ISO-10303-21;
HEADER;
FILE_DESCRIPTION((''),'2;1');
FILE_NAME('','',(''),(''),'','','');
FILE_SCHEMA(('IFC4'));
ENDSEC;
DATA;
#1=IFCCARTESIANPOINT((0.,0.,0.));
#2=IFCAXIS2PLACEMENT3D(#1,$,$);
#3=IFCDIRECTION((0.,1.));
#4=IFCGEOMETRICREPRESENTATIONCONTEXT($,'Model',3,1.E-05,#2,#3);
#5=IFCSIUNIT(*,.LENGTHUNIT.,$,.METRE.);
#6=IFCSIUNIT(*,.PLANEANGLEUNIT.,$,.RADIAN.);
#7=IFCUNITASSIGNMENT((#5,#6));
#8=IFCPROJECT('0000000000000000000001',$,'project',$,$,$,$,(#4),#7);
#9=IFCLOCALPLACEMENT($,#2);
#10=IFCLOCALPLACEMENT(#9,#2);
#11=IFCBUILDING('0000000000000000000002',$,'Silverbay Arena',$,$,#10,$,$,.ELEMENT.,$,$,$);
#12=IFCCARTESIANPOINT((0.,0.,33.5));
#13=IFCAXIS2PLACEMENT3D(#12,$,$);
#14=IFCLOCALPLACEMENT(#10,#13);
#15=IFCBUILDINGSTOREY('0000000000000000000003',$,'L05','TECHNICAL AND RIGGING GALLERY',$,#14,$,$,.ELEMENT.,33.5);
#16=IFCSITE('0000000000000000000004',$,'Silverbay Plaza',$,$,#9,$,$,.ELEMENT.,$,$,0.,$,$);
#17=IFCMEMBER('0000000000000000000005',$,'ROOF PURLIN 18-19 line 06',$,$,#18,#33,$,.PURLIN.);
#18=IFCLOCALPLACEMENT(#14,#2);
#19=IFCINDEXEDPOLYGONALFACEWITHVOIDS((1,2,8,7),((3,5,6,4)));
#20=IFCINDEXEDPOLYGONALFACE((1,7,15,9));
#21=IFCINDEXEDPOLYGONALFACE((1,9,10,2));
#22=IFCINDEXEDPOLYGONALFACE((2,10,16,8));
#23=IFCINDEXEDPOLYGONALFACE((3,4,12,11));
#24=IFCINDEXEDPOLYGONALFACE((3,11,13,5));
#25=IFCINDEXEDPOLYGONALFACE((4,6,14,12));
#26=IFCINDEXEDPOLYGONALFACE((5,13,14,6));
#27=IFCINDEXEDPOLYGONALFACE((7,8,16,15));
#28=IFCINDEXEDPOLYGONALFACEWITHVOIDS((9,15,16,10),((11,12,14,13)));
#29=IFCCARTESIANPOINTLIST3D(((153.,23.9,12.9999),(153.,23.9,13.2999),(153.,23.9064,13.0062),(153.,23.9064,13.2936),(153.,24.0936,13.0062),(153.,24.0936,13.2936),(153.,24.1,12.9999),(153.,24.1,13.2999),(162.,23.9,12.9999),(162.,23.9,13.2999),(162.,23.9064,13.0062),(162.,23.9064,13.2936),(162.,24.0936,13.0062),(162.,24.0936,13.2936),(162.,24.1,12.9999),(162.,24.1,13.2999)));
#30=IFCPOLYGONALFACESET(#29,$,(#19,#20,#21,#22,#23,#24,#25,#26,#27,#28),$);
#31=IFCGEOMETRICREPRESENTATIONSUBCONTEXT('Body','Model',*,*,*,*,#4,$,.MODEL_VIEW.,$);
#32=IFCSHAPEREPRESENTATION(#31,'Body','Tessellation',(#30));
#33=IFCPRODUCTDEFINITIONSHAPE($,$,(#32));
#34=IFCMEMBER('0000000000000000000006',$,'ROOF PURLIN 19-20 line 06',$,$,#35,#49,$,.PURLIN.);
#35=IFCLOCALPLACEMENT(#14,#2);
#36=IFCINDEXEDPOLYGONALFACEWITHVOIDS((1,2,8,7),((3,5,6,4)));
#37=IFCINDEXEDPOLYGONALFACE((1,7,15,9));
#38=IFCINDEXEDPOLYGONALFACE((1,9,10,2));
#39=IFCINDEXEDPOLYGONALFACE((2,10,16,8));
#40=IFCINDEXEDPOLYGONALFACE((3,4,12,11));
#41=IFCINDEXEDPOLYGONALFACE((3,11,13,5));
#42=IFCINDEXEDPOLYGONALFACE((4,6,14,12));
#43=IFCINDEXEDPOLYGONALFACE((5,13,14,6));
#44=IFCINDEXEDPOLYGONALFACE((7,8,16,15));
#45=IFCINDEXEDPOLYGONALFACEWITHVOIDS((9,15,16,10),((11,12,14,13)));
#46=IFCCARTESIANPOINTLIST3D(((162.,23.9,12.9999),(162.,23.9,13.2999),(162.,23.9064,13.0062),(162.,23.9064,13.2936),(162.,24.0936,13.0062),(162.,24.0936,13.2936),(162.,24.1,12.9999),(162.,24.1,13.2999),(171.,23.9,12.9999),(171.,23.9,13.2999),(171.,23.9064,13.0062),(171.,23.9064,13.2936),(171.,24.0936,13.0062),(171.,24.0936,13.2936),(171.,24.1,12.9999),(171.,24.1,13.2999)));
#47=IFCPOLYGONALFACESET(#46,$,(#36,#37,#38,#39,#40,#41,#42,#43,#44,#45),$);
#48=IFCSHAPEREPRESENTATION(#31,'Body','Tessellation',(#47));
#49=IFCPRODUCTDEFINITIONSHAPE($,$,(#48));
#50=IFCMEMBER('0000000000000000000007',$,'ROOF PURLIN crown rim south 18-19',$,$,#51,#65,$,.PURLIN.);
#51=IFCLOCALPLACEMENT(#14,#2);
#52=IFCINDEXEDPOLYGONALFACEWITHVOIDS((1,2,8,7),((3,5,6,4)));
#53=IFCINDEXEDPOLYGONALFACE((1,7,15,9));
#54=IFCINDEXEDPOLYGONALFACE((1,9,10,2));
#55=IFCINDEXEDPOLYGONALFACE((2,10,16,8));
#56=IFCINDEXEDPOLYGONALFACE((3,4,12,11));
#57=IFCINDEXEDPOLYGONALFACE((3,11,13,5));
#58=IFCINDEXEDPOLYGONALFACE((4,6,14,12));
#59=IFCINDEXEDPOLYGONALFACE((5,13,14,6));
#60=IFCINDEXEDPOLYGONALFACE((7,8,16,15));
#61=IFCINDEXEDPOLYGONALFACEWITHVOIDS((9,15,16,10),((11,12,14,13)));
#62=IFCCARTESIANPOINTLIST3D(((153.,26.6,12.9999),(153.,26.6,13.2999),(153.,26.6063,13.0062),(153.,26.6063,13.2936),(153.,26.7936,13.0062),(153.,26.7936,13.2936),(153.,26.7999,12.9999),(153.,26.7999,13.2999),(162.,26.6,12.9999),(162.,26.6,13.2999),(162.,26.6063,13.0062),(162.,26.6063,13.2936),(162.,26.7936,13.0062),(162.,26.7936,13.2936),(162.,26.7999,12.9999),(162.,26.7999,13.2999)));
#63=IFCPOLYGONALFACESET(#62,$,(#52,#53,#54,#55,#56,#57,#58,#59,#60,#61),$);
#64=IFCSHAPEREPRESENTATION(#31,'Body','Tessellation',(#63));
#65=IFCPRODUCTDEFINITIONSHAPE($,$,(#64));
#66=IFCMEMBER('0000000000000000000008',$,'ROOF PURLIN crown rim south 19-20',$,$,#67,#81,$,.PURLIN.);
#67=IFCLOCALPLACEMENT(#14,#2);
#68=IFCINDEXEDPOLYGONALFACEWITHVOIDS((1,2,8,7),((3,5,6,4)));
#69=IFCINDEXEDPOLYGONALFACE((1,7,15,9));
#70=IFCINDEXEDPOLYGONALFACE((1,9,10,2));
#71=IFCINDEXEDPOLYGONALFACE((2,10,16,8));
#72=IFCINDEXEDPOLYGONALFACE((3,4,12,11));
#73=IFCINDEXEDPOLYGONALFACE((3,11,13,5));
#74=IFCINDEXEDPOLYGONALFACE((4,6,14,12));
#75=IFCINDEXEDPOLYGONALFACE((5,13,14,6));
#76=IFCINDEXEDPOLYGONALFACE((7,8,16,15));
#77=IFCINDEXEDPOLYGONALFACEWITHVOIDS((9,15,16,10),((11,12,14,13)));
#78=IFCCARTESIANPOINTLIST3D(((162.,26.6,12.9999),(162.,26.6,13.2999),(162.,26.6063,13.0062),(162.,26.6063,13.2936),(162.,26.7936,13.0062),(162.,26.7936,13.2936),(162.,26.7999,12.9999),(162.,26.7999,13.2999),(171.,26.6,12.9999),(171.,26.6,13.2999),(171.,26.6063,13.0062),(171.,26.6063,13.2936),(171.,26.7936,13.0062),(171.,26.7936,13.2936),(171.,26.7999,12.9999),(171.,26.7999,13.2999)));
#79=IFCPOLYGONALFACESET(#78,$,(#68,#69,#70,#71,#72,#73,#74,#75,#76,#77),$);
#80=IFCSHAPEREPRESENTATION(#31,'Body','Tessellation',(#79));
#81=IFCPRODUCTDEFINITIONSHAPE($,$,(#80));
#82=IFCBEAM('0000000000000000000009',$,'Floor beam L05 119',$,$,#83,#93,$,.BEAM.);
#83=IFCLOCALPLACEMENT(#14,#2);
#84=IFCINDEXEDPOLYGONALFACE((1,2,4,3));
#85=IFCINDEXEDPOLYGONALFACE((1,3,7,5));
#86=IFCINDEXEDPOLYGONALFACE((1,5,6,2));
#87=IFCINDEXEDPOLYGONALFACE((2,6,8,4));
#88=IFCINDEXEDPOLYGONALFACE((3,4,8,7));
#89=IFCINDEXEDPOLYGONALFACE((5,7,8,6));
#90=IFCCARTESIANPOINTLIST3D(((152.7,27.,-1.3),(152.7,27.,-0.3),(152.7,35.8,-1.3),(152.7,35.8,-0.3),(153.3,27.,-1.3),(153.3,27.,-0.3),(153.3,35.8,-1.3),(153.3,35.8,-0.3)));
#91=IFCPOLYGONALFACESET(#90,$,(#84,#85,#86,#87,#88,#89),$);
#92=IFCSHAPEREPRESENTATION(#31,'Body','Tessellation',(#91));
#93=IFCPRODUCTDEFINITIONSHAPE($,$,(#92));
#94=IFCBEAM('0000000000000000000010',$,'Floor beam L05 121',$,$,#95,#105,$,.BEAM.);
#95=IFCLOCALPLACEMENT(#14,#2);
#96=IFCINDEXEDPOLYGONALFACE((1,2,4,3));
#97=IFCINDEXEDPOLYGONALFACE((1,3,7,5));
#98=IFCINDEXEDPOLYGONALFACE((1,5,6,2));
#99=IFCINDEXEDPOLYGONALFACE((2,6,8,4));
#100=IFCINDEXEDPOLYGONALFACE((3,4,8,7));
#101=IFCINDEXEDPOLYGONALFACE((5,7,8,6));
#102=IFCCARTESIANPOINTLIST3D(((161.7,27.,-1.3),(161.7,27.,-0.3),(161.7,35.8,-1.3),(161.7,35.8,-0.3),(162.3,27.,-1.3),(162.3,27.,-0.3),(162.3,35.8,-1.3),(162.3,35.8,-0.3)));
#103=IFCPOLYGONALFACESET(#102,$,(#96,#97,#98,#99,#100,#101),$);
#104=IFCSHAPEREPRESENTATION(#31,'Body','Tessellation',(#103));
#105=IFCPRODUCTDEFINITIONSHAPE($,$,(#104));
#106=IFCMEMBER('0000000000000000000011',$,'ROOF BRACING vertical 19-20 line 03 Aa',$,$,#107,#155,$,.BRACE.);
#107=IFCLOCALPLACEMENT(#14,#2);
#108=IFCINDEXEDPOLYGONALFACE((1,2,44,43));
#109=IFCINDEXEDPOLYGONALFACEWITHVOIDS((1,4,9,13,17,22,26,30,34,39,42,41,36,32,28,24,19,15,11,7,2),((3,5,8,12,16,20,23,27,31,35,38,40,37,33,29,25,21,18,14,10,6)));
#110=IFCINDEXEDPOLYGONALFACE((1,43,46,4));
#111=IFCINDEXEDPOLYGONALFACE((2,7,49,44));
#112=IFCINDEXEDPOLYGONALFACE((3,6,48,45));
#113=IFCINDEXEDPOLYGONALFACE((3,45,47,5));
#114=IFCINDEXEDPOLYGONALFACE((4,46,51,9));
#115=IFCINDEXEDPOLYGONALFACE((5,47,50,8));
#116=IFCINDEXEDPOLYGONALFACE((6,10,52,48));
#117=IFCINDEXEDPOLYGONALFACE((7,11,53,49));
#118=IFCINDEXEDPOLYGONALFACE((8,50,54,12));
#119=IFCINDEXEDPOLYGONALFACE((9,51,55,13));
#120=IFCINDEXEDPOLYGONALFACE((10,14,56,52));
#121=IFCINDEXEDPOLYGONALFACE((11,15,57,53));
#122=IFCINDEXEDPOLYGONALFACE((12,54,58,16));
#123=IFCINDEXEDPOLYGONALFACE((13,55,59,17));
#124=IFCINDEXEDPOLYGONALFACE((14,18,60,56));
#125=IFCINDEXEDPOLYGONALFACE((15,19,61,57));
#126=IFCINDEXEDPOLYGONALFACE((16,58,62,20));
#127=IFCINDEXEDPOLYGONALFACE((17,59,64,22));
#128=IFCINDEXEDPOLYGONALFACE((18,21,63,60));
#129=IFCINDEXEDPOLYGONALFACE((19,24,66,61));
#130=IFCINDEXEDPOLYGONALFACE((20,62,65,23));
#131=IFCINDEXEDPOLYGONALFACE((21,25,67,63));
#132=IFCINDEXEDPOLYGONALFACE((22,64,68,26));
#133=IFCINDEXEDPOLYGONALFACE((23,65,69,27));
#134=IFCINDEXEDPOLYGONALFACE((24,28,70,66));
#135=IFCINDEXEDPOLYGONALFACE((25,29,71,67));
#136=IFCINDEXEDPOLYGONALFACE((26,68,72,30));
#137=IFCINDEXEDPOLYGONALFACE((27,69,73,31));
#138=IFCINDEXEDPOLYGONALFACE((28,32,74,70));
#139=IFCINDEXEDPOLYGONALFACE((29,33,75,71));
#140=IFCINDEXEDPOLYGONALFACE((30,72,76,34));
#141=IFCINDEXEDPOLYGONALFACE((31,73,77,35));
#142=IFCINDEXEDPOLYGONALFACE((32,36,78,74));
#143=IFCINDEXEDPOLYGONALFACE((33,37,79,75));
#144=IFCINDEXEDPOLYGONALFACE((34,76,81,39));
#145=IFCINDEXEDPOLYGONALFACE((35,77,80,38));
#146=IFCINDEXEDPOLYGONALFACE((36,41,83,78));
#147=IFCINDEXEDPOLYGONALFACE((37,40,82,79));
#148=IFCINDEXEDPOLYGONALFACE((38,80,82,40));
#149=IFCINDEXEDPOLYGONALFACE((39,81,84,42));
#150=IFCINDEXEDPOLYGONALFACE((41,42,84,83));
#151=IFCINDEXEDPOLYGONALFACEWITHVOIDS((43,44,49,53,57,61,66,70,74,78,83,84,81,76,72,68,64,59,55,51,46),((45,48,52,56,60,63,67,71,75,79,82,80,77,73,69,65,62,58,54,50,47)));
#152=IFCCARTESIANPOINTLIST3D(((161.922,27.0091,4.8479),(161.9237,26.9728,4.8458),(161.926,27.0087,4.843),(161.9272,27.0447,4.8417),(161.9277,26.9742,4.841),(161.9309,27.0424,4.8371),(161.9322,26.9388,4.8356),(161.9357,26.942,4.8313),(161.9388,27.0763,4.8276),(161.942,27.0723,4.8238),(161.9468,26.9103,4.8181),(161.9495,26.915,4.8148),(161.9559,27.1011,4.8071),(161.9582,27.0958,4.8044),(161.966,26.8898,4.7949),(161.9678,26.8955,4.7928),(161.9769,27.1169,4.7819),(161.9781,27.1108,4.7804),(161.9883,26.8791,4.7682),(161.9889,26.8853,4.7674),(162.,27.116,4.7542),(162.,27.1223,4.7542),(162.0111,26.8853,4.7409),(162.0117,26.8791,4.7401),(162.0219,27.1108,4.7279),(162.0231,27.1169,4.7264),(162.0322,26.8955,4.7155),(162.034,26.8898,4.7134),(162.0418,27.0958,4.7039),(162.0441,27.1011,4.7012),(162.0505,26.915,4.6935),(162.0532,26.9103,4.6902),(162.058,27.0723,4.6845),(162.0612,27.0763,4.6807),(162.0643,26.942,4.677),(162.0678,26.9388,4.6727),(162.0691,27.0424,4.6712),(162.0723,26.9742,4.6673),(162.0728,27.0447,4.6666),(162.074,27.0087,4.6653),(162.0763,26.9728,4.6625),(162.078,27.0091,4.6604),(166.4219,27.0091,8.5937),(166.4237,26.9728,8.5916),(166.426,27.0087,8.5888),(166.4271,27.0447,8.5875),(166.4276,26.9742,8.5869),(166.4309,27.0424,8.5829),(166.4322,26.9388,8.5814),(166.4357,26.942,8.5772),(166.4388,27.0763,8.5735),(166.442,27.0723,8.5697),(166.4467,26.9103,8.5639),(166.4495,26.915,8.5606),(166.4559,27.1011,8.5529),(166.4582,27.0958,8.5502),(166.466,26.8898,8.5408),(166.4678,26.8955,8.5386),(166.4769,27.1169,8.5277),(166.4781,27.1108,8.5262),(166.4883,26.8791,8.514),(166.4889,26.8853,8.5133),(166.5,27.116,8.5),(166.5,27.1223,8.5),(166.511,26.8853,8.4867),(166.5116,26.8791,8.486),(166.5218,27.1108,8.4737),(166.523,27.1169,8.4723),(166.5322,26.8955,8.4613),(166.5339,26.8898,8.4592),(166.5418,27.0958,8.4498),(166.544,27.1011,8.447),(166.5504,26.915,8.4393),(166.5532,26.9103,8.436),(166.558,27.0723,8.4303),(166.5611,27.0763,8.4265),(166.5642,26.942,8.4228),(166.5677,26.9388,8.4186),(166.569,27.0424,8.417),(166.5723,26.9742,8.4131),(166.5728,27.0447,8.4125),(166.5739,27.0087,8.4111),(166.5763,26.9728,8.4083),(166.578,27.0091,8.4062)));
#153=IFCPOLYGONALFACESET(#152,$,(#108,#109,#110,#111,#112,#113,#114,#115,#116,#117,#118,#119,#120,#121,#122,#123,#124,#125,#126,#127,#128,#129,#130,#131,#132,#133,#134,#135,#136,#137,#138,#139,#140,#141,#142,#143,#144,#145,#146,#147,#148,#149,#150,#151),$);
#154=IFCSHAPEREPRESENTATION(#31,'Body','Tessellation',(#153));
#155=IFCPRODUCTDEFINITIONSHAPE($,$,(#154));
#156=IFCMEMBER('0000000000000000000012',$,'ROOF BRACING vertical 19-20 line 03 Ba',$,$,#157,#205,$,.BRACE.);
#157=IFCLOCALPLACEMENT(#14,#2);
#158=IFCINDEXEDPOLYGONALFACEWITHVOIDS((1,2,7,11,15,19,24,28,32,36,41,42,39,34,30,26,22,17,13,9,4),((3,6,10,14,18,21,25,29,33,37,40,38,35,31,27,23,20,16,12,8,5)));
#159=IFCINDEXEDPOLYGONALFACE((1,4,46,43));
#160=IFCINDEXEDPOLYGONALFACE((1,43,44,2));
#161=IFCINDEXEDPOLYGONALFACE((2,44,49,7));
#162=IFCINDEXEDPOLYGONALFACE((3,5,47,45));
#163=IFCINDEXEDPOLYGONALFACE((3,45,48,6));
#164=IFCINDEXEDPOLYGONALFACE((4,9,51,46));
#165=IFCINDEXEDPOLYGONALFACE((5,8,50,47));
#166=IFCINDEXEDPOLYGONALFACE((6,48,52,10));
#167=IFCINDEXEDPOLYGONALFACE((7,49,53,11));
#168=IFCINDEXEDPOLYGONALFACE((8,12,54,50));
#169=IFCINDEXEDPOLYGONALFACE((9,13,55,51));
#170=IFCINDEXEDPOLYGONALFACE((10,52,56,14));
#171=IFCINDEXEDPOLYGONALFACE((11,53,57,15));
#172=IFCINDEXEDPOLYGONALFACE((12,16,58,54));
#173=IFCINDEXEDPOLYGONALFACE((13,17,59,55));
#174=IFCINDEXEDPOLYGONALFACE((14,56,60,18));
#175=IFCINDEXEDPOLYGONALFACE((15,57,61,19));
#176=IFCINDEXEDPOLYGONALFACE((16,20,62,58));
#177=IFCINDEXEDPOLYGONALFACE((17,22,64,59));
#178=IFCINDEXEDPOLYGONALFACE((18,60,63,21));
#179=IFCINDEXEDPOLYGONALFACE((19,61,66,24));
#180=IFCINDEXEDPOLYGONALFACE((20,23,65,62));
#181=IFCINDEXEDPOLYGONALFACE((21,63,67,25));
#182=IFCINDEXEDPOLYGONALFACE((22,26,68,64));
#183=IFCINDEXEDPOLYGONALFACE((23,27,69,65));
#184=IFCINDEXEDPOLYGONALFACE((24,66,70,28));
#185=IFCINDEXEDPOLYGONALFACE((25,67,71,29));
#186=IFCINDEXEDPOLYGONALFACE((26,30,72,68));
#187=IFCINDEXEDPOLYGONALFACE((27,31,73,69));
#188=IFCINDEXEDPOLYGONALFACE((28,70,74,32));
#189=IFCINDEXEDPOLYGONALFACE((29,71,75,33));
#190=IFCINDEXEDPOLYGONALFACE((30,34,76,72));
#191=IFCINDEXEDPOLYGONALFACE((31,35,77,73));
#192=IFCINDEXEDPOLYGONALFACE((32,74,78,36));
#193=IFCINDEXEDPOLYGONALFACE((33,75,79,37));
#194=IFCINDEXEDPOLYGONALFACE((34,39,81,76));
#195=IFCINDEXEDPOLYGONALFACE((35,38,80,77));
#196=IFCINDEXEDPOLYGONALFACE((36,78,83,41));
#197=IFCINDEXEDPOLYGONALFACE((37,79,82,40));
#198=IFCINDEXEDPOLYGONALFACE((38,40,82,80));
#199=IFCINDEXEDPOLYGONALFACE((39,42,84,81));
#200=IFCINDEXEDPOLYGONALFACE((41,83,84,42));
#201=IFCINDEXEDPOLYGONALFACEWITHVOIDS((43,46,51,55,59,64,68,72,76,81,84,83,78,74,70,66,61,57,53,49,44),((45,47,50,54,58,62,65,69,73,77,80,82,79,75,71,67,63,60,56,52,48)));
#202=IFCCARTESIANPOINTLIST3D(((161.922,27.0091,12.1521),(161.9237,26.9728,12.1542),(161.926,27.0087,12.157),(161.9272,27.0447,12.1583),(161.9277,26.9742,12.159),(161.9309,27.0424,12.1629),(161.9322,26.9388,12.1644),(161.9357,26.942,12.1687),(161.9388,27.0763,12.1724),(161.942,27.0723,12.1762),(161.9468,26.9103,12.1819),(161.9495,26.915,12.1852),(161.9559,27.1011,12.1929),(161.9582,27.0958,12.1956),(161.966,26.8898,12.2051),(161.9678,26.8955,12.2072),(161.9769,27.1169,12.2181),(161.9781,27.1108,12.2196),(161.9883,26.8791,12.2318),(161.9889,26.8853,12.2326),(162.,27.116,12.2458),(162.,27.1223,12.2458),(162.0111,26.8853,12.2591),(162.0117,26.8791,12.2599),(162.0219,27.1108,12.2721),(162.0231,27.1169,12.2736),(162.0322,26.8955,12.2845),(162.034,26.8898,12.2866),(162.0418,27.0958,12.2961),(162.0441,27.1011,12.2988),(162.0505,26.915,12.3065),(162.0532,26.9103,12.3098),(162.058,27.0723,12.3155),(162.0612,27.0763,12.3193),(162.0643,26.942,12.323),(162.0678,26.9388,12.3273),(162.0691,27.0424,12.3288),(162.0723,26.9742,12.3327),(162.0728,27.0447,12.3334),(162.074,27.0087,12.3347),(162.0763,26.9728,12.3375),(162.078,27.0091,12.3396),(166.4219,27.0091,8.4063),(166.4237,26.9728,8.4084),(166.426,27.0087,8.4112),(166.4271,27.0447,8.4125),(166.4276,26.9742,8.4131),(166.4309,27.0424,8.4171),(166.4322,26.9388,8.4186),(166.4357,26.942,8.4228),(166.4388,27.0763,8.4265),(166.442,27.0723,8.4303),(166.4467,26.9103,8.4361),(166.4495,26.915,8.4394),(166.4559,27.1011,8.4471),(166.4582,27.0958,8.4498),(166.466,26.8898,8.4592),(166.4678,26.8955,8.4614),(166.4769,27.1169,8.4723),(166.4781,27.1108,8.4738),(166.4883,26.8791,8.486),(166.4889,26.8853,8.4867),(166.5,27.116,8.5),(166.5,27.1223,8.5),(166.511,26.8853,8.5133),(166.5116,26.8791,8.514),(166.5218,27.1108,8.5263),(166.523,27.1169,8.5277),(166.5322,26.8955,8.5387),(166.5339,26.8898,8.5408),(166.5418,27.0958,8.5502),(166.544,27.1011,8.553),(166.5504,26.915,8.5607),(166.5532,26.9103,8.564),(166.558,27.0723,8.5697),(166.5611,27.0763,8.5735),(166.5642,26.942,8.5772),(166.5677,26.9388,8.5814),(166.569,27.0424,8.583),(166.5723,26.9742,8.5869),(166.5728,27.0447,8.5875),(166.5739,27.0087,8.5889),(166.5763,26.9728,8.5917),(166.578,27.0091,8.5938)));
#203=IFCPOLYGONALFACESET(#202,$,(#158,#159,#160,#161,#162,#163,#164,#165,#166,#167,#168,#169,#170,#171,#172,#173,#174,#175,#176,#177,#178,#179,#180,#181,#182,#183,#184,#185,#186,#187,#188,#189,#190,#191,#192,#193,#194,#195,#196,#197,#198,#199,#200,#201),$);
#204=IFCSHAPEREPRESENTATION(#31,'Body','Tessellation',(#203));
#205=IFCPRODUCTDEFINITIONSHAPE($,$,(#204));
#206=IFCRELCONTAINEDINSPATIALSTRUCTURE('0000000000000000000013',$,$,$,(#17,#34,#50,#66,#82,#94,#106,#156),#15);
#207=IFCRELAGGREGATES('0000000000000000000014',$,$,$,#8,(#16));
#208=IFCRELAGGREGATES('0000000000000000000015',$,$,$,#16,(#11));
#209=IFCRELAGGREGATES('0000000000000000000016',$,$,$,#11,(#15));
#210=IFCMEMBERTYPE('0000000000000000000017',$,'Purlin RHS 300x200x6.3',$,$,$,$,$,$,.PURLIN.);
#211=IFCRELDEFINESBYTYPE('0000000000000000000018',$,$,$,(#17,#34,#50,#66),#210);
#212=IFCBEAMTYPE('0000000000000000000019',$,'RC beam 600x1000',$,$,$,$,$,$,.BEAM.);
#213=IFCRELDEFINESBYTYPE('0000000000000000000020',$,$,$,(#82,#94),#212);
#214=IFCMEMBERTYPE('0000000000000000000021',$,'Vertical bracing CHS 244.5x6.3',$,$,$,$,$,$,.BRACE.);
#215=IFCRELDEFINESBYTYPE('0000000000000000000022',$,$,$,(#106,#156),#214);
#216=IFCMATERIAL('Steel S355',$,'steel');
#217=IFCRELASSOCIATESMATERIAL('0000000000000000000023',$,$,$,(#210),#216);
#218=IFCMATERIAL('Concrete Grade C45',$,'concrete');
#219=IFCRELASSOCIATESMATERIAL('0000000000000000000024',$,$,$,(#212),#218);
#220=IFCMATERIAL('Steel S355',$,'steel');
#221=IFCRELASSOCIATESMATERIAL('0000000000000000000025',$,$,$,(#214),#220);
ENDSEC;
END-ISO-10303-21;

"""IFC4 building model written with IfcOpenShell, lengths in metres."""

from ifc_helpers import new_model, si_unit, direction, frame, origin, origin_2d, place, context, subcontext, project, spatial, rectangle, hollow_rectangle, hollow_circle, extrude, material, material_profile, profile_set, type_object, element, save


model = new_model("IFC4")

# Units and contexts
model_context = context("Model", 3, precision=1e-05, world=origin(), true_north=direction((0.0, 1.0)))
body_context = subcontext(model_context, "Body", "Model", "MODEL_VIEW")
ifc_project = project(units=[si_unit("LENGTHUNIT", "METRE"), si_unit("PLANEANGLEUNIT", "RADIAN")], contexts=[model_context])

# Site, building, storey
site_placement = place(None, origin())
site = spatial("IfcSite", under=ifc_project, at=site_placement, Name="Silverbay Plaza", CompositionType="ELEMENT", RefElevation=0.0)
building_placement = place(site_placement, origin())
building = spatial("IfcBuilding", under=site, at=building_placement, Name="Silverbay Arena", CompositionType="ELEMENT")
storey_placement = place(building_placement, frame((0.0, 0.0, 33.5)))
storey = spatial("IfcBuildingStorey", under=building, at=storey_placement, Name="L05", Description="TECHNICAL AND RIGGING GALLERY", CompositionType="ELEMENT", Elevation=33.5)

# Members
ifc_material_1 = material(Name="Steel S355", Category="steel")
ifc_material_profile_1 = material_profile(ifc_material_1, hollow_rectangle(XDim=0.2, YDim=0.3, WallThickness=0.0063, at=origin_2d()), Name="RHS 300x200x6.3")
ifc_profile_set_1 = profile_set([ifc_material_profile_1], Name="Steel S355")
member_type_1 = type_object("IfcMemberType", Name="Purlin RHS 300x200x6.3", PredefinedType="PURLIN", material=ifc_profile_set_1)
for number, where, z_axis, x_axis, name in (
    (1, (153.0, 24.0, 13.1499), (1.0, 0.0, 0.0), (0.0, 1.0, 0.0), "ROOF PURLIN 18-19 line 06"),
    (2, (162.0, 24.0, 13.1499), (1.0, 0.0, 0.0), (0.0, 1.0, 0.0), "ROOF PURLIN 19-20 line 06"),
    (3, (153.0, 26.7, 13.1499), (1.0, 0.0, 0.0), (0.0, 1.0, 0.0), "ROOF PURLIN crown rim south 18-19"),
    (4, (162.0, 26.7, 13.1499), (1.0, 0.0, 0.0), (0.0, 1.0, 0.0), "ROOF PURLIN crown rim south 19-20"),
):
    element("IfcMember", number, at=place(storey_placement, frame(where, z_axis=z_axis, x_axis=x_axis)), inside=storey, type_object=member_type_1, Name=name, PredefinedType="PURLIN", context=body_context, shape_type="SweptSolid", body=[
        extrude(hollow_rectangle(XDim=0.2, YDim=0.3, WallThickness=0.0063, at=origin_2d()), origin(), (0.0, 0.0, 1.0), 9.0),
    ])

# Beams
ifc_material_2 = material(Name="Concrete Grade C45", Category="concrete")
ifc_material_profile_2 = material_profile(ifc_material_2, rectangle(XDim=0.6001, YDim=1.0, at=origin_2d()), Name="RC 600x1000")
ifc_profile_set_2 = profile_set([ifc_material_profile_2], Name="Concrete Grade C45")
beam_type = type_object("IfcBeamType", Name="RC beam 600x1000", PredefinedType="BEAM", material=ifc_profile_set_2)
for number, where, z_axis, x_axis, name in (
    (5, (153.0, 27.0, -0.8), (0.0, 1.0, 0.0), (-1.0, 0.0, 0.0), "Floor beam L05 119"),
    (6, (162.0, 27.0, -0.8), (0.0, 1.0, 0.0), (-1.0, 0.0, 0.0), "Floor beam L05 121"),
):
    element("IfcBeam", number, at=place(storey_placement, frame(where, z_axis=z_axis, x_axis=x_axis)), inside=storey, type_object=beam_type, Name=name, PredefinedType="BEAM", context=body_context, shape_type="SweptSolid", body=[
        extrude(rectangle(XDim=0.6001, YDim=1.0, at=origin_2d()), origin(), (0.0, 0.0, 1.0), 8.8),
    ])

# Members
ifc_material_3 = material(Name="Steel S355", Category="steel")
ifc_material_profile_3 = material_profile(ifc_material_3, hollow_circle(Radius=0.1223, WallThickness=0.0063, at=origin_2d()), Name="CHS 244.5x6.3")
ifc_profile_set_3 = profile_set([ifc_material_profile_3], Name="Steel S355")
member_type_2 = type_object("IfcMemberType", Name="Vertical bracing CHS 244.5x6.3", PredefinedType="BRACE", material=ifc_profile_set_3)
for number, where, z_axis, x_axis, name in (
    (7, (162.0, 27.0, 4.7542), (0.76857, 0.0, 0.639766), (0.0, 1.0, 0.0), "ROOF BRACING vertical 19-20 line 03 Aa"),
    (8, (162.0, 27.0, 12.2458), (0.76857, 0.0, -0.639766), (0.0, 1.0, 0.0), "ROOF BRACING vertical 19-20 line 03 Ba"),
):
    element("IfcMember", number, at=place(storey_placement, frame(where, z_axis=z_axis, x_axis=x_axis)), inside=storey, type_object=member_type_2, Name=name, PredefinedType="BRACE", context=body_context, shape_type="SweptSolid", body=[
        extrude(hollow_circle(Radius=0.1223, WallThickness=0.0063, at=origin_2d()), origin(), (0.0, 0.0, 1.0), 5.855),
    ])

save(model, "model.ifc")
